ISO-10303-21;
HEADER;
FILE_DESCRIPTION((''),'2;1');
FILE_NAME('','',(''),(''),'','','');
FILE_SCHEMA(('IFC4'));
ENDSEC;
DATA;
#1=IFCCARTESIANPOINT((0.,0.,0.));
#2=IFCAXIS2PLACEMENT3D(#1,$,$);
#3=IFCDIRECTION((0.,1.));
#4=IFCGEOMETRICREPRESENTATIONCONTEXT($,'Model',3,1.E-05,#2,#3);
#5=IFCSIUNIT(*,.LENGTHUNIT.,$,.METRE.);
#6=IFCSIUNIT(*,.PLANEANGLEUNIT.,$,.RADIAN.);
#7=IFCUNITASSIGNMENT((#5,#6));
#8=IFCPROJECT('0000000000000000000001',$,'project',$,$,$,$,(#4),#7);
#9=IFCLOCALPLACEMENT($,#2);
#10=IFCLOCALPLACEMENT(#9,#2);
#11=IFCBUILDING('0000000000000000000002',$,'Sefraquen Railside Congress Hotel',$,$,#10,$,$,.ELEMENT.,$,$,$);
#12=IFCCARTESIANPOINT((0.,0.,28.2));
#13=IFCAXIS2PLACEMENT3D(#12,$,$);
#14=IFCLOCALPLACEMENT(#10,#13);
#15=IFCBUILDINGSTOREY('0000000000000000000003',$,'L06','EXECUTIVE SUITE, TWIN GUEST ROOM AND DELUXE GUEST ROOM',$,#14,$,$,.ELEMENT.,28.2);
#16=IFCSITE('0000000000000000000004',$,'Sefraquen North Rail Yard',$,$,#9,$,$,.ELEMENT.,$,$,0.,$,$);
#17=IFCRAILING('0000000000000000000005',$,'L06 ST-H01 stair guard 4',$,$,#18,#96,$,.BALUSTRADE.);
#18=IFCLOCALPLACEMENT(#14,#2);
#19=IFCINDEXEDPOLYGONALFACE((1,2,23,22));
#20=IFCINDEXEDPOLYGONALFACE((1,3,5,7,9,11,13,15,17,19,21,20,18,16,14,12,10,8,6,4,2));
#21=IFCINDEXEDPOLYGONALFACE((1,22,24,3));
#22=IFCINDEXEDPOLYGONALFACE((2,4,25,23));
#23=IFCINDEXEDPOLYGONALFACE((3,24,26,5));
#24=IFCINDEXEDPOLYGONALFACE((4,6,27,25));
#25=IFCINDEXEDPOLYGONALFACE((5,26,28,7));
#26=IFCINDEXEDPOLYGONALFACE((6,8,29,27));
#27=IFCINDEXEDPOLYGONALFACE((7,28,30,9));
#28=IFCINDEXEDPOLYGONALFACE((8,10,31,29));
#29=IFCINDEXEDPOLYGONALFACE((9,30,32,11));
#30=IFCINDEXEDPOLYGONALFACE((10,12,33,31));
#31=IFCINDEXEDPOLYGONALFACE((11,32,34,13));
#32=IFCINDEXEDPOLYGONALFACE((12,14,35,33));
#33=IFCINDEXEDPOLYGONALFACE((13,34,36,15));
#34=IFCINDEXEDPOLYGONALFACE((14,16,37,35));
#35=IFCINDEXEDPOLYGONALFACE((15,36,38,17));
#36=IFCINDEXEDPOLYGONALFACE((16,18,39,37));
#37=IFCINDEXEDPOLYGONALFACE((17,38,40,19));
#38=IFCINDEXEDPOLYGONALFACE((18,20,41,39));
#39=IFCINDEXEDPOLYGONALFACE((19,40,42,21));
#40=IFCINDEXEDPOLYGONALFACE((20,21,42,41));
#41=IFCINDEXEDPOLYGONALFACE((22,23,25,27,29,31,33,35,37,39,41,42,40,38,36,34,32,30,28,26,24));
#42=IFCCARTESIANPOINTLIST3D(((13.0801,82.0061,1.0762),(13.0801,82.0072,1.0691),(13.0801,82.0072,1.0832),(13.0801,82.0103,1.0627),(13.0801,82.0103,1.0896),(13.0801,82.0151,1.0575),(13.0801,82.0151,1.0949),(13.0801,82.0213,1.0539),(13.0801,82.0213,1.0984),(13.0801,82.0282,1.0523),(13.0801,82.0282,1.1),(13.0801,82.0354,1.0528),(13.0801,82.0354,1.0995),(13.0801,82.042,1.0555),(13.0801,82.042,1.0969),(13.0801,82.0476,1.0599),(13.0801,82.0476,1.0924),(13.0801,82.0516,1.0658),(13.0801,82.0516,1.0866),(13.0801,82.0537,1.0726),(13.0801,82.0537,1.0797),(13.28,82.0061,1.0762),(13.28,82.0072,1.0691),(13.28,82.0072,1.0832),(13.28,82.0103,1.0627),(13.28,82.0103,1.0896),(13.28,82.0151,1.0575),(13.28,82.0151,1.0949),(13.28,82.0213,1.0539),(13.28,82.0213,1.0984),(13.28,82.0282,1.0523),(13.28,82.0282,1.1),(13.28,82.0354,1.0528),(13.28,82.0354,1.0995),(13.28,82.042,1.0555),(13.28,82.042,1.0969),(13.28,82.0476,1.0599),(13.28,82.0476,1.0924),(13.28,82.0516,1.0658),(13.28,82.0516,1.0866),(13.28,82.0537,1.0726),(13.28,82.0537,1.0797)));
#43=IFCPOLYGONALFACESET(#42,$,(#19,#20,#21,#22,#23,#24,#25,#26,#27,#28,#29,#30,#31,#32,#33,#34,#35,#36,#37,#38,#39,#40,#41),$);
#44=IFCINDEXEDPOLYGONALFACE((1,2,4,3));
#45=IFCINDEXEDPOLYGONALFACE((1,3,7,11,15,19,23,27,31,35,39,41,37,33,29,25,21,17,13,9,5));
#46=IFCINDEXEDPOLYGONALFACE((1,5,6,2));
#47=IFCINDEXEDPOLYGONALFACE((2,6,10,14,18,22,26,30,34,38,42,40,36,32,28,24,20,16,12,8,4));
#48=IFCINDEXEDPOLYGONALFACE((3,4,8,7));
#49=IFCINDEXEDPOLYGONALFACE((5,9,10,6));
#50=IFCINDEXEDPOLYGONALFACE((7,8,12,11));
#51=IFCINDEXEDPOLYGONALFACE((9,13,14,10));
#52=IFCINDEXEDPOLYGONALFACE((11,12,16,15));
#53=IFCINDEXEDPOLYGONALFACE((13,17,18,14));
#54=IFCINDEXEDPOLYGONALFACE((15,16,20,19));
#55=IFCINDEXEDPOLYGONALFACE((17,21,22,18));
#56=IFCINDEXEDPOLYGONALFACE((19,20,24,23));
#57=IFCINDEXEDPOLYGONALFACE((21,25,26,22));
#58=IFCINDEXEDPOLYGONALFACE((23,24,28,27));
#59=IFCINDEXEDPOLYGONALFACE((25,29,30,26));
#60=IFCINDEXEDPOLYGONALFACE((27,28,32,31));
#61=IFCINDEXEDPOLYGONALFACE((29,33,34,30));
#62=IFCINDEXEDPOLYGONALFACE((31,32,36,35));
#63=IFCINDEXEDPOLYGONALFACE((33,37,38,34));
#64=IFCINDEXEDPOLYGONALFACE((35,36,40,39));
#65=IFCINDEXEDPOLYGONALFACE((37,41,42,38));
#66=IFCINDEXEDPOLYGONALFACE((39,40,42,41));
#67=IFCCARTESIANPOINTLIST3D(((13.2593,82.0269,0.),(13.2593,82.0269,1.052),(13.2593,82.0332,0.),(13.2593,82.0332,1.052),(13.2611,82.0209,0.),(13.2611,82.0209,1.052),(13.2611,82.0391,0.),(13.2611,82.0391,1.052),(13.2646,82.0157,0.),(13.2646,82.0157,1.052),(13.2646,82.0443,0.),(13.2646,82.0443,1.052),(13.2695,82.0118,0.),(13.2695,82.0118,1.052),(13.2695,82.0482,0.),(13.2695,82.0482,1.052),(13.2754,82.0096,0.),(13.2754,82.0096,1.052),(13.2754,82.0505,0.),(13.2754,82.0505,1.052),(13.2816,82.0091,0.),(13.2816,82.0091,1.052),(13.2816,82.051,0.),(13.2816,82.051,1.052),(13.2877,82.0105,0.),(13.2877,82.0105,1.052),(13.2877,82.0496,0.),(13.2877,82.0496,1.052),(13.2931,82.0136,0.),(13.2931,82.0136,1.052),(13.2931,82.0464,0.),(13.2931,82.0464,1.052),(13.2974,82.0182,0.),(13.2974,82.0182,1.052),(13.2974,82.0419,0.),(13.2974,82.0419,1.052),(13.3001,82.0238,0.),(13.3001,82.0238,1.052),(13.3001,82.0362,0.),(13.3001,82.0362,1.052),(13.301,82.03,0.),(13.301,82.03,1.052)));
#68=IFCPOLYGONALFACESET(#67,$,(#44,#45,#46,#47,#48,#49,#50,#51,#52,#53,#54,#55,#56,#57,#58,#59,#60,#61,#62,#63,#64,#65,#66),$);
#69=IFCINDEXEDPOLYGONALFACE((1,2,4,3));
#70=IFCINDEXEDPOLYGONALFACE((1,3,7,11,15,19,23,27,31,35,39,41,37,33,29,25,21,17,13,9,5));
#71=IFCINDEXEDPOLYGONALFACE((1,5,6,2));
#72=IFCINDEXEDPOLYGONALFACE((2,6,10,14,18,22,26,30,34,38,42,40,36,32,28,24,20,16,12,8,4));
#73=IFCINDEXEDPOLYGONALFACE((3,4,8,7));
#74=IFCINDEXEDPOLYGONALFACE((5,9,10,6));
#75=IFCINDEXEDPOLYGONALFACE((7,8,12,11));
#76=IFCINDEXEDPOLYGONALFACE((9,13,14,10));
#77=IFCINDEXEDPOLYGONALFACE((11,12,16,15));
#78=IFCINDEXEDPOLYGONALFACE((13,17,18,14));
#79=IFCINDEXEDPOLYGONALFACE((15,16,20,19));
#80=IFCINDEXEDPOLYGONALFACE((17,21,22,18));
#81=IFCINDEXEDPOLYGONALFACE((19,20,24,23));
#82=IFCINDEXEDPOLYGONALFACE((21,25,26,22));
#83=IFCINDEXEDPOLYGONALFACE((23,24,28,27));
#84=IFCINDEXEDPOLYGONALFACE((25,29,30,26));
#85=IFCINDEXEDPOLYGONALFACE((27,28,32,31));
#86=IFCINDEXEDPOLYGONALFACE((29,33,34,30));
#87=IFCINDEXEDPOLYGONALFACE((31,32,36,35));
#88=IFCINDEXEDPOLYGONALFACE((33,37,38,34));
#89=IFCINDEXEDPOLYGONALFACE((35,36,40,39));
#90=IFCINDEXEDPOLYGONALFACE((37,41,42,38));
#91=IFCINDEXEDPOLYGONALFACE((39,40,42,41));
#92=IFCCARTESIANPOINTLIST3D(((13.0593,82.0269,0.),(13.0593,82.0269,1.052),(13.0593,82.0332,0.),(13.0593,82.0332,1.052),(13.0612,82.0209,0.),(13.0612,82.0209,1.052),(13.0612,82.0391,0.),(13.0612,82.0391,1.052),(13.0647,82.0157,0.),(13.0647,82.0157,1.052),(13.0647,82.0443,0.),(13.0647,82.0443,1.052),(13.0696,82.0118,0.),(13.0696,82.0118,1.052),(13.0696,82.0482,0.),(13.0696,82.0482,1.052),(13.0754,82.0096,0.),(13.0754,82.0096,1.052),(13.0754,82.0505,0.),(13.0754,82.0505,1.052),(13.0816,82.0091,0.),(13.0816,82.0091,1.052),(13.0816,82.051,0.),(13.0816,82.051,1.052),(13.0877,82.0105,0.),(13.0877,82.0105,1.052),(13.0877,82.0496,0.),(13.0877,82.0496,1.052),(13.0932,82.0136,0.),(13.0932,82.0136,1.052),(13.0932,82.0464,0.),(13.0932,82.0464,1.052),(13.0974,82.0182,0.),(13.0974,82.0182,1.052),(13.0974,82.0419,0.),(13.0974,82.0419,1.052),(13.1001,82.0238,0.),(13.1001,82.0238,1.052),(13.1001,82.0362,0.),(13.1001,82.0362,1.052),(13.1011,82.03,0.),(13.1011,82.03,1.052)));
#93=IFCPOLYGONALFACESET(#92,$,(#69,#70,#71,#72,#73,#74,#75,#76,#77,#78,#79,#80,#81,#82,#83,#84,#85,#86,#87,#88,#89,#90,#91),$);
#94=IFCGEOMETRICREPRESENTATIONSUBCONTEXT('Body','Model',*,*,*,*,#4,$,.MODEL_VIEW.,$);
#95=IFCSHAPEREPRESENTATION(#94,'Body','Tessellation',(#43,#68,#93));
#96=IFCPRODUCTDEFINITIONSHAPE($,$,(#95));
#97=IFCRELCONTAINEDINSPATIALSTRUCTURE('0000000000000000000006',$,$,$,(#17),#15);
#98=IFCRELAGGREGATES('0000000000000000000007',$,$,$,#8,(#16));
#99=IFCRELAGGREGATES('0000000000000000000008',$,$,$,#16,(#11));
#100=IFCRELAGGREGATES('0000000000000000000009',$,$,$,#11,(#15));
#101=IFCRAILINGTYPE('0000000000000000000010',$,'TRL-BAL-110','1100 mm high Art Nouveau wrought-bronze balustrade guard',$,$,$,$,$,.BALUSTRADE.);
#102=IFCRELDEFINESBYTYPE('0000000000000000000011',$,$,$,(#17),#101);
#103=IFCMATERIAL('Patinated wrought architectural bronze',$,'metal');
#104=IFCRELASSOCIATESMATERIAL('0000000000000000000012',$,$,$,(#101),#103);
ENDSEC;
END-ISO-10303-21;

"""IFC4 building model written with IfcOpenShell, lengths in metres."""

from ifc_helpers import new_model, si_unit, direction, frame, origin, origin_2d, place, context, subcontext, project, spatial, circle, extrude, material, type_object, element, save


model = new_model("IFC4")

# Units and contexts
model_context = context("Model", 3, precision=1e-05, world=origin(), true_north=direction((0.0, 1.0)))
body_context = subcontext(model_context, "Body", "Model", "MODEL_VIEW")
ifc_project = project(units=[si_unit("LENGTHUNIT", "METRE"), si_unit("PLANEANGLEUNIT", "RADIAN")], contexts=[model_context])

# Site, building, storey
site_placement = place(None, origin())
site = spatial("IfcSite", under=ifc_project, at=site_placement, Name="Sefraquen North Rail Yard", CompositionType="ELEMENT", RefElevation=0.0)
building_placement = place(site_placement, origin())
building = spatial("IfcBuilding", under=site, at=building_placement, Name="Sefraquen Railside Congress Hotel", CompositionType="ELEMENT")
storey_placement = place(building_placement, frame((0.0, 0.0, 28.2)))
storey = spatial("IfcBuildingStorey", under=building, at=storey_placement, Name="L06", Description="EXECUTIVE SUITE, TWIN GUEST ROOM AND DELUXE GUEST ROOM", CompositionType="ELEMENT", Elevation=28.2)

# Railing
ifc_material_1 = material(Name="Patinated wrought architectural bronze", Category="metal")
railing_type_1 = type_object("IfcRailingType", Name="TRL-BAL-110", Description="1100 mm high Art Nouveau wrought-bronze balustrade guard", PredefinedType="BALUSTRADE", material=ifc_material_1)
railing_1_placement = place(storey_placement, frame((13.28, 82.03, 0.0)))
element("IfcRailing", 1, at=railing_1_placement, inside=storey, type_object=railing_type_1, Name="L06 ST-H01 stair guard 4", PredefinedType="BALUSTRADE", context=body_context, shape_type="SweptSolid", body=[
    extrude(circle(Radius=0.0239, at=origin_2d()), frame((0.0, 0.0, 1.0762), z_axis=(-1.0, 0.0, 0.0), x_axis=(0.0, -1.0, 0.0)), (0.0, 0.0, 1.0), 0.2),
    extrude(circle(Radius=0.021, at=origin_2d()), origin(), (0.0, 0.0, 1.0), 1.052),
    extrude(circle(Radius=0.021, at=origin_2d()), frame((-0.2, 0.0, 0.0)), (0.0, 0.0, 1.0), 1.052),
])

save(model, "model.ifc")
